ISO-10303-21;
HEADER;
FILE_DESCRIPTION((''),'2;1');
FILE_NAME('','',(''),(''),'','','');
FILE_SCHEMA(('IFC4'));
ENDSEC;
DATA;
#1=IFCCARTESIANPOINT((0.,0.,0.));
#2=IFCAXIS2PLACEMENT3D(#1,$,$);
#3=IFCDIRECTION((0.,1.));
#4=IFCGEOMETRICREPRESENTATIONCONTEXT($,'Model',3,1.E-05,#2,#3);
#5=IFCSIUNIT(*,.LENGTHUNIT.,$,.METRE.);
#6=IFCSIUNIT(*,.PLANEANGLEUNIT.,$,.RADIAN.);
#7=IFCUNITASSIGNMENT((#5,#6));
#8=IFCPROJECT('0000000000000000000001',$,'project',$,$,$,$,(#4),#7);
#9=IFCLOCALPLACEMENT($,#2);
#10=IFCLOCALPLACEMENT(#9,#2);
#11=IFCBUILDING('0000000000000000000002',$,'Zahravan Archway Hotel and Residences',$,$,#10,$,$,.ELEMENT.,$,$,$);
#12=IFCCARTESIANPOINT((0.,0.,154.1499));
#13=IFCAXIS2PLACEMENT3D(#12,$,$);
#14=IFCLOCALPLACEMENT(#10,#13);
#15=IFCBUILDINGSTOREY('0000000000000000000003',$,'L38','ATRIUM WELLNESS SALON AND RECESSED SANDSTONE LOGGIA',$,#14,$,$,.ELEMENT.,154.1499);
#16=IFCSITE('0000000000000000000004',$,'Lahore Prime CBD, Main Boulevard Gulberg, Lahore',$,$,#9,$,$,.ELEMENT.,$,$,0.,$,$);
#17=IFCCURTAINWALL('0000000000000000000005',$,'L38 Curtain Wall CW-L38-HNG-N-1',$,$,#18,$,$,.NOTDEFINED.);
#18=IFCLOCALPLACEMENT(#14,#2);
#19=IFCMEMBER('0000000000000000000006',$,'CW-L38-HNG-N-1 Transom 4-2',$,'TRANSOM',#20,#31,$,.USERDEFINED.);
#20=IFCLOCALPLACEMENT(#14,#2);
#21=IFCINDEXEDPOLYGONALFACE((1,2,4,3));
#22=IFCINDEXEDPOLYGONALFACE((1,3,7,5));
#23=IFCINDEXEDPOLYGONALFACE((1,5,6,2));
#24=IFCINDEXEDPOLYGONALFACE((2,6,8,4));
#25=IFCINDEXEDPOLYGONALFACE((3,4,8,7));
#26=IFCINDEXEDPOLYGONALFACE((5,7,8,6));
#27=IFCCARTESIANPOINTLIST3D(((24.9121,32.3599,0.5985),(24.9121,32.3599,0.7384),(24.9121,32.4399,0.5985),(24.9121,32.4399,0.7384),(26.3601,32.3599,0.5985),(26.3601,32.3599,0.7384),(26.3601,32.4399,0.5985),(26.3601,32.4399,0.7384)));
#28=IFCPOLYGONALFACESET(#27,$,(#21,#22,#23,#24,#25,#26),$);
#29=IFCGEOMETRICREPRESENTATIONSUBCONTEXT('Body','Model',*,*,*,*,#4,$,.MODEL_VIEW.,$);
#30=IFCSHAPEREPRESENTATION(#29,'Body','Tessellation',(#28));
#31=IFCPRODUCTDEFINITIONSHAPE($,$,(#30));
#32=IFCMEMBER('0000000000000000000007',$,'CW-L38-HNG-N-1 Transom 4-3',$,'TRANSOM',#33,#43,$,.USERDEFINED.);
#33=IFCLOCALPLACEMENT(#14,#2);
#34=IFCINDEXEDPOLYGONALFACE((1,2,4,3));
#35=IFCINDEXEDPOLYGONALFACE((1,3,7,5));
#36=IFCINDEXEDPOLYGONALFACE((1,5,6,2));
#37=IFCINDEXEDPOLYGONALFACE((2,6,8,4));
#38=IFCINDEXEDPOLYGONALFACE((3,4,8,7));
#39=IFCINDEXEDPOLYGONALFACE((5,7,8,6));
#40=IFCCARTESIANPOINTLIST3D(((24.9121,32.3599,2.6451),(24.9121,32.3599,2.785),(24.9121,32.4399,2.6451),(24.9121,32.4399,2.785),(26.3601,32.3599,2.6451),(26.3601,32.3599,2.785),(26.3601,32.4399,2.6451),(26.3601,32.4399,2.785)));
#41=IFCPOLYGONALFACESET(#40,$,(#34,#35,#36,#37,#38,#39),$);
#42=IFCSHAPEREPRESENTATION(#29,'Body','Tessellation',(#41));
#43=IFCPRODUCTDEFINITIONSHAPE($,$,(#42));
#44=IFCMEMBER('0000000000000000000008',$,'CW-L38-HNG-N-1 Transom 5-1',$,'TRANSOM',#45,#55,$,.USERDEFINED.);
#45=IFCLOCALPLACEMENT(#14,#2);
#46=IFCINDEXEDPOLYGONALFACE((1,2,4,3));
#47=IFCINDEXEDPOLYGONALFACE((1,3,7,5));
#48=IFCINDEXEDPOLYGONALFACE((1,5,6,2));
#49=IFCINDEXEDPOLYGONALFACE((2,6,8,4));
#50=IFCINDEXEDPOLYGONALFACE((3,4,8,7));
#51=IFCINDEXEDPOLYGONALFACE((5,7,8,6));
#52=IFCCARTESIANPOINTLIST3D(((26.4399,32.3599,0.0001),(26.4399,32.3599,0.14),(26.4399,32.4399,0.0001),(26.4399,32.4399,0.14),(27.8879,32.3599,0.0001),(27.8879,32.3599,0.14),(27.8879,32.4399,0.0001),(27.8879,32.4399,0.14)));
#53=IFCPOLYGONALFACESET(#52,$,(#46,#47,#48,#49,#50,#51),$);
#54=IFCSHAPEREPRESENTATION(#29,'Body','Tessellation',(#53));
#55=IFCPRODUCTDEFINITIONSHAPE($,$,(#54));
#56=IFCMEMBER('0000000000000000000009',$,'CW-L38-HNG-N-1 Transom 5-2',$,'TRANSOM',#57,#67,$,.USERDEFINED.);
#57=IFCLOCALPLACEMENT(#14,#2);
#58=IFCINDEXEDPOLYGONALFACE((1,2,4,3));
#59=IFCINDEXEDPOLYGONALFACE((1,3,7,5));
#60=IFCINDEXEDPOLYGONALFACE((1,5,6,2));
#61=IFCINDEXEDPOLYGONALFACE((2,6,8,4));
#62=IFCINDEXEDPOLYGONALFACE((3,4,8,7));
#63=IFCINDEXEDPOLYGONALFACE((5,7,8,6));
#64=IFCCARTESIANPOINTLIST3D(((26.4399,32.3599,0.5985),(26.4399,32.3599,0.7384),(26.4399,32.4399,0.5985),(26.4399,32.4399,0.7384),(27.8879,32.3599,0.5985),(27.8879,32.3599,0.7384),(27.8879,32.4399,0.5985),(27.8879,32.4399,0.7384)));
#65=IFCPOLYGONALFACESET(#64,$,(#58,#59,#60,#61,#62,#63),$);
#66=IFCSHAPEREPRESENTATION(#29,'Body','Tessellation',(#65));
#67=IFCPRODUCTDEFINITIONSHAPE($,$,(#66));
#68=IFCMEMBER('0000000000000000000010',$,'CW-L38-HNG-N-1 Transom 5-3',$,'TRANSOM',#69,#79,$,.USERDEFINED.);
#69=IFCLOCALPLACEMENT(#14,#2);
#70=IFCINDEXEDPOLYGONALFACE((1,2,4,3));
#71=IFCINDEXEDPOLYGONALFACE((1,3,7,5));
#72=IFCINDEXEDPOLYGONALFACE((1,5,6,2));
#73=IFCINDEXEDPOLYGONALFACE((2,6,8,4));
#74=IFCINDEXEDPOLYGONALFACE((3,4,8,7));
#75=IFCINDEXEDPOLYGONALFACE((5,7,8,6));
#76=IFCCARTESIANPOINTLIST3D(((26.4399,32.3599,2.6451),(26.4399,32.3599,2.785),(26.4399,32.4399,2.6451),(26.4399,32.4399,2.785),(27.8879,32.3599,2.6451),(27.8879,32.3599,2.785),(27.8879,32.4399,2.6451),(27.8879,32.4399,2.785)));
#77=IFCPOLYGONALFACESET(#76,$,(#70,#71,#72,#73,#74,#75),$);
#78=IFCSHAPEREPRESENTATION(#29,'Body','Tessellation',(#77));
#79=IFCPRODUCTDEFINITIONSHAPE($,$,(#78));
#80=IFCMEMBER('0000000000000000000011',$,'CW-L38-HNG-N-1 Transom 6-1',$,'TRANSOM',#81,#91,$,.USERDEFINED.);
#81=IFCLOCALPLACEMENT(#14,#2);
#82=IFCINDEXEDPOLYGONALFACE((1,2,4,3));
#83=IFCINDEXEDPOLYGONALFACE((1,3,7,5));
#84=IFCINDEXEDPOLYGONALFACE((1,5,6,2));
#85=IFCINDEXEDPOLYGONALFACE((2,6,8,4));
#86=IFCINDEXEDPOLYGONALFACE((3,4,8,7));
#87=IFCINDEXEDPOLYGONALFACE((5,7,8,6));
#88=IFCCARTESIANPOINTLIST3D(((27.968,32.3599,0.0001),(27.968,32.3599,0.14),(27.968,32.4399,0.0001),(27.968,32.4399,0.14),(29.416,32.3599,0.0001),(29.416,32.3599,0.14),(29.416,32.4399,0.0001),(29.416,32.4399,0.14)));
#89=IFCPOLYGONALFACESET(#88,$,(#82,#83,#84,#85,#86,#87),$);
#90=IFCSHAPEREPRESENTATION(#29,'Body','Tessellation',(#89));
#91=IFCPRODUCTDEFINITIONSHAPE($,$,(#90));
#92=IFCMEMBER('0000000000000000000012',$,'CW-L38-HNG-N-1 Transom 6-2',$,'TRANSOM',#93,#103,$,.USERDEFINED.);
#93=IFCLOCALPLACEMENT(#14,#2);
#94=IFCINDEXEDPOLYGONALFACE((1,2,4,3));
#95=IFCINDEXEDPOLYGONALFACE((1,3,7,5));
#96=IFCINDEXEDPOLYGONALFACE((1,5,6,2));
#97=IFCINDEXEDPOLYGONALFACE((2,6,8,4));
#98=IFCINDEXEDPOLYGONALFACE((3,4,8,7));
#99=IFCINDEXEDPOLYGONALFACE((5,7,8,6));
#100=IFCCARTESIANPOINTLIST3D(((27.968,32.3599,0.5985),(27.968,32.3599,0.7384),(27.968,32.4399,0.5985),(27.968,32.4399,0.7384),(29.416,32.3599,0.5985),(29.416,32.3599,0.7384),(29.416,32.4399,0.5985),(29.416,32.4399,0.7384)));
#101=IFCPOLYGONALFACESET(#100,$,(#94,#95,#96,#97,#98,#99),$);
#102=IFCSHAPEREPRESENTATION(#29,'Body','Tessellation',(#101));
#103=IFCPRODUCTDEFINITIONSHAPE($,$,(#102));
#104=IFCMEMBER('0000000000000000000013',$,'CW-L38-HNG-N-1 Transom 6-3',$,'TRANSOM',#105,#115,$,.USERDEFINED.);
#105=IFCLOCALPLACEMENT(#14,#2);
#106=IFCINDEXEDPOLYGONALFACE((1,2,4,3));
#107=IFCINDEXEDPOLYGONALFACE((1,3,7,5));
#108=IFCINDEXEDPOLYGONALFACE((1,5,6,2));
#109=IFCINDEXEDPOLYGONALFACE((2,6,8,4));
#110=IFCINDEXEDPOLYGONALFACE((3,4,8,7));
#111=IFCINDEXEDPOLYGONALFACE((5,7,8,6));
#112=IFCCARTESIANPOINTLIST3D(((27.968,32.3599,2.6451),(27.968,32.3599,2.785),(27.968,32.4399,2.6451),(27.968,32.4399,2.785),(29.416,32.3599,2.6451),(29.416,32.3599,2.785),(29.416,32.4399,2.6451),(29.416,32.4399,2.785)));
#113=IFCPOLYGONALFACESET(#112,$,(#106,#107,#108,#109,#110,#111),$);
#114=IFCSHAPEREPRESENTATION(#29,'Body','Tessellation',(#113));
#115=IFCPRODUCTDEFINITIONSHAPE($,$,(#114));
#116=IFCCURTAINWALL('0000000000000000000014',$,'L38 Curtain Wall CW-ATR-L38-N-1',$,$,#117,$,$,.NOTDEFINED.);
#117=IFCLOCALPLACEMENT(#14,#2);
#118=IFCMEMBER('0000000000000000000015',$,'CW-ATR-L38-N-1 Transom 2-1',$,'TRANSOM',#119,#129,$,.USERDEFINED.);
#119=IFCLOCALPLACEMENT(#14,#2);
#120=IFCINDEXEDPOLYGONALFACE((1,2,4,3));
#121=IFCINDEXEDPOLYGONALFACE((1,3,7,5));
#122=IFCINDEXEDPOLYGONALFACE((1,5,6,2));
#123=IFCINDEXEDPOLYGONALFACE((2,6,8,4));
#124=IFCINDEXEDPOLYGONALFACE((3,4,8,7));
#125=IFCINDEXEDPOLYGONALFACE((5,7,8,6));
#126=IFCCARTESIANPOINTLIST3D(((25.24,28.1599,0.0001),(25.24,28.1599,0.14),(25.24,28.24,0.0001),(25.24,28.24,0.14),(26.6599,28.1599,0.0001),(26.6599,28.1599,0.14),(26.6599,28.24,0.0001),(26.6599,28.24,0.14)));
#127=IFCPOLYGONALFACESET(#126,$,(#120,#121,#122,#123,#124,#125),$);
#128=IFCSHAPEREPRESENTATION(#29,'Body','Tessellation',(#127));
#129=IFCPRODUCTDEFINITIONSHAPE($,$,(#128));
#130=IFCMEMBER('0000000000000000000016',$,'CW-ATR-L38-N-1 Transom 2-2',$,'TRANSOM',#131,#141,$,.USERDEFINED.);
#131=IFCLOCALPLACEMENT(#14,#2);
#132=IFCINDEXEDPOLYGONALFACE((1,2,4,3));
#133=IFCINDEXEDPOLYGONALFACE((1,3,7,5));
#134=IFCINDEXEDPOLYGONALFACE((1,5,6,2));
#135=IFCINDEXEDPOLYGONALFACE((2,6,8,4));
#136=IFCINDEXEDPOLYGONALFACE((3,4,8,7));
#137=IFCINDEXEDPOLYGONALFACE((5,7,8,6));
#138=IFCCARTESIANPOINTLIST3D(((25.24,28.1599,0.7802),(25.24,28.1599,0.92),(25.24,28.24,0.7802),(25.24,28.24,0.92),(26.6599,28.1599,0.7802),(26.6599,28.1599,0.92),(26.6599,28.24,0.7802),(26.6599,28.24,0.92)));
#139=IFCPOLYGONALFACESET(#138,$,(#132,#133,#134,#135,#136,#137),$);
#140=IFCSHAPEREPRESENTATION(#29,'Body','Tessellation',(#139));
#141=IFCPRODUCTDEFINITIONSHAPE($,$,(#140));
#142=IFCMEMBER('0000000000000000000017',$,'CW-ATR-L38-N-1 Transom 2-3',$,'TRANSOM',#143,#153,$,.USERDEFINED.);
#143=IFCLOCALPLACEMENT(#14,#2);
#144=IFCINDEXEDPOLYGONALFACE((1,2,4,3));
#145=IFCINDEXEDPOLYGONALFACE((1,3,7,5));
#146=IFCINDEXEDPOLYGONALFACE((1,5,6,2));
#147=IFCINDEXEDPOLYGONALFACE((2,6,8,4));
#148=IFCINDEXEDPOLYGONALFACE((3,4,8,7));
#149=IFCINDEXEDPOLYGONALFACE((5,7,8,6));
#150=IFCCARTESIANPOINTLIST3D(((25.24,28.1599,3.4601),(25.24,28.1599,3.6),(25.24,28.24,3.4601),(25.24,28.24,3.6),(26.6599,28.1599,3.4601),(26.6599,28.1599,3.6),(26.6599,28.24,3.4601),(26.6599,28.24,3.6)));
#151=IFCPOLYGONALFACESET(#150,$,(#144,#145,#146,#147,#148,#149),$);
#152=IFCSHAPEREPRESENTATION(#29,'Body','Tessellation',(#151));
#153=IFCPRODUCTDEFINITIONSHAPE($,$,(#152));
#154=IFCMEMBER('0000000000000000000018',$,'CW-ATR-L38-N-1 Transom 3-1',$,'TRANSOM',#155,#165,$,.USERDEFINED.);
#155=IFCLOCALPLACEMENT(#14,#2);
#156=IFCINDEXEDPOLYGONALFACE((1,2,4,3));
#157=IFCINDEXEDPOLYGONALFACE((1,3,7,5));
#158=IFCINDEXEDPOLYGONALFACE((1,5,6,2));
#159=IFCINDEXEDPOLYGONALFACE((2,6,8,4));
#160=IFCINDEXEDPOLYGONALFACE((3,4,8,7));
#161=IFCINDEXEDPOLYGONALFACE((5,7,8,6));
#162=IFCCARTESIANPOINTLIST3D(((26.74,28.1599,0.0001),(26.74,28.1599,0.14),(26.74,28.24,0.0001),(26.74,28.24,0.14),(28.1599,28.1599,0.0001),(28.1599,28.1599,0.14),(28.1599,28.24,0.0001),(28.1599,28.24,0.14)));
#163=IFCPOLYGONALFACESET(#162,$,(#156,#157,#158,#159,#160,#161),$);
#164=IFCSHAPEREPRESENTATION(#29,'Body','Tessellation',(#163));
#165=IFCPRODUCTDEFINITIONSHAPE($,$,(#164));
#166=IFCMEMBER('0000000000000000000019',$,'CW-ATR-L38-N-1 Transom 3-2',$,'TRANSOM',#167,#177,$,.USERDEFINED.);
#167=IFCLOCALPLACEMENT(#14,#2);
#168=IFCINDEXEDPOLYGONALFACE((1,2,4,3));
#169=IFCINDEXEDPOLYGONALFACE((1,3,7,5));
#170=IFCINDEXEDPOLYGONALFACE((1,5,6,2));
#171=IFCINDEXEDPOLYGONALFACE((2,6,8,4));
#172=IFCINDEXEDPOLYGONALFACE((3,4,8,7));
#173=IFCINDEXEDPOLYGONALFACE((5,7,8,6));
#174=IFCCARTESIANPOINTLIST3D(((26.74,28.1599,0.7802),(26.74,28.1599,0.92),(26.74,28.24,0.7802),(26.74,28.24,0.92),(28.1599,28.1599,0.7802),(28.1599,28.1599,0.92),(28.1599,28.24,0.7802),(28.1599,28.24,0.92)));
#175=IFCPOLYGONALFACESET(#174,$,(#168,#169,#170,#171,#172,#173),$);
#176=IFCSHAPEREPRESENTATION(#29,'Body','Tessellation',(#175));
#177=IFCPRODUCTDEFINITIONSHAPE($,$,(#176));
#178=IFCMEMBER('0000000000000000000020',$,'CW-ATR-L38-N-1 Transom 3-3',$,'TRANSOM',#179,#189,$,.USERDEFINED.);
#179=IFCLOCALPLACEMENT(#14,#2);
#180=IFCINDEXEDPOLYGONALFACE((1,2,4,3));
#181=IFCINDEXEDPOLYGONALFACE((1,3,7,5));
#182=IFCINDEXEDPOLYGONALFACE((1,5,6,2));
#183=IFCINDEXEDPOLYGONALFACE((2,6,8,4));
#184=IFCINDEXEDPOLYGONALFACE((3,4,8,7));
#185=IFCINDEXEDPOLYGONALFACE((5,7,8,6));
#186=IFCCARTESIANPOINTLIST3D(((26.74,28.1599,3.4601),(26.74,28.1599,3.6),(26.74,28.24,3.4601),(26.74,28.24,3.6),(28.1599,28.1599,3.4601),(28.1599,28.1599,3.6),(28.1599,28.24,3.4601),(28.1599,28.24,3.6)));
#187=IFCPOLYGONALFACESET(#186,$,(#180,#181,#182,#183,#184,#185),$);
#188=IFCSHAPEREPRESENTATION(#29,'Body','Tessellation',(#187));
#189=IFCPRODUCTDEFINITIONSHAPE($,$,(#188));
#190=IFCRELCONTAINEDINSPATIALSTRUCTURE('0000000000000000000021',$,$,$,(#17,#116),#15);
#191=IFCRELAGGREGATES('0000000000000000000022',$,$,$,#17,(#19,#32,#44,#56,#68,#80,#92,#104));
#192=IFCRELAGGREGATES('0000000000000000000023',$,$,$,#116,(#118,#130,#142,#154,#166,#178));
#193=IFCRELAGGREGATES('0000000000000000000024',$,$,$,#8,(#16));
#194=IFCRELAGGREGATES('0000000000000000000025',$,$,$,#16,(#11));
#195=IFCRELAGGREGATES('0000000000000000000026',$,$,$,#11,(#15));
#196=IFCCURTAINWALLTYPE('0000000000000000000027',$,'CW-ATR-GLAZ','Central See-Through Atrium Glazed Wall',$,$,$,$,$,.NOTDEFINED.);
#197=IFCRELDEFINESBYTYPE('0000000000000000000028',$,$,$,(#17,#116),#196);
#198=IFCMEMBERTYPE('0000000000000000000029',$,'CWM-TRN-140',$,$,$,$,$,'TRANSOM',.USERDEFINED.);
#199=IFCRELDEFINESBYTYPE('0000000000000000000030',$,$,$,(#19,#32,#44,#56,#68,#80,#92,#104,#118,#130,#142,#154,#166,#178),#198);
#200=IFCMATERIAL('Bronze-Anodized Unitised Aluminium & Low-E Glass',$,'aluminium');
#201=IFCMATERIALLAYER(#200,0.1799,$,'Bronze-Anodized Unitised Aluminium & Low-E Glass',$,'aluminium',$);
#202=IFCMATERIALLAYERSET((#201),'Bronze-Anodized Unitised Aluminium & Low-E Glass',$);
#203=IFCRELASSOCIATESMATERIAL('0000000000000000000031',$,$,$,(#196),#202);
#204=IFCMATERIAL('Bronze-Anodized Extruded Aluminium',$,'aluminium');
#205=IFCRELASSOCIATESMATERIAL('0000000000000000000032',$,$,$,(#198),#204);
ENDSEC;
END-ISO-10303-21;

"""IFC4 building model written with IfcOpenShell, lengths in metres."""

from ifc_helpers import new_model, si_unit, direction, frame, origin, origin_2d, place, context, subcontext, project, spatial, rectangle, extrude, source, transform, mapped, material, layer, layer_set, material_profile, profile_set, type_object, element, aggregate, save


model = new_model("IFC4")

# Units and contexts
model_context = context("Model", 3, precision=1e-05, world=origin(), true_north=direction((0.0, 1.0)))
body_context = subcontext(model_context, "Body", "Model", "MODEL_VIEW")
ifc_project = project(units=[si_unit("LENGTHUNIT", "METRE"), si_unit("PLANEANGLEUNIT", "RADIAN")], contexts=[model_context])

# Site, building, storey
site_placement = place(None, origin())
site = spatial("IfcSite", under=ifc_project, at=site_placement, Name="Lahore Prime CBD, Main Boulevard Gulberg, Lahore", CompositionType="ELEMENT", RefElevation=0.0)
building_placement = place(site_placement, origin())
building = spatial("IfcBuilding", under=site, at=building_placement, Name="Zahravan Archway Hotel and Residences", CompositionType="ELEMENT")
storey_placement = place(building_placement, frame((0.0, 0.0, 154.1499)))
storey = spatial("IfcBuildingStorey", under=building, at=storey_placement, Name="L38", Description="ATRIUM WELLNESS SALON AND RECESSED SANDSTONE LOGGIA", CompositionType="ELEMENT", Elevation=154.1499)

# Curtain walls, members
ifc_material_1 = material(Name="Bronze-Anodized Unitised Aluminium & Low-E Glass", Category="aluminium")
ifc_layer_1 = layer(ifc_material_1, 0.1799, Name="Bronze-Anodized Unitised Aluminium & Low-E Glass", Category="aluminium")
ifc_layer_set_1 = layer_set([ifc_layer_1], Name="Bronze-Anodized Unitised Aluminium & Low-E Glass")
curtain_wall_type = type_object("IfcCurtainWallType", Name="CW-ATR-GLAZ", Description="Central See-Through Atrium Glazed Wall", PredefinedType="NOTDEFINED", material=ifc_layer_set_1)
curtain_wall_1_placement = place(storey_placement, origin())
curtain_wall_1 = element("IfcCurtainWall", 1, at=curtain_wall_1_placement, inside=storey, type_object=curtain_wall_type, Name="L38 Curtain Wall CW-L38-HNG-N-1", PredefinedType="NOTDEFINED")
ifc_material_2 = material(Name="Bronze-Anodized Extruded Aluminium", Category="aluminium")
ifc_material_profile_1 = material_profile(ifc_material_2, rectangle(XDim=0.0801, YDim=0.1399, at=origin_2d()), Name="TRN 80x140", Category="aluminium")
ifc_profile_set_1 = profile_set([ifc_material_profile_1], Name="Bronze-Anodized Extruded Aluminium")
member_type_1 = type_object("IfcMemberType", Name="CWM-TRN-140", ElementType="TRANSOM", PredefinedType="USERDEFINED", material=ifc_profile_set_1)
shared_shape_1 = source(origin(), body_context, "Body", "SweptSolid", [
    extrude(rectangle(XDim=0.0801, YDim=0.1399, at=origin_2d()), origin(), (0.0, 0.0, 1.0), 1.448),
])
member_1_placement = place(storey_placement, frame((24.9121, 32.3999, 0.6685), z_axis=(1.0, 0.0, 0.0), x_axis=(0.0, 1.0, 0.0)))
member_1 = element("IfcMember", 2, at=member_1_placement, type_object=member_type_1, Name="CW-L38-HNG-N-1 Transom 4-2", ObjectType="TRANSOM", PredefinedType="USERDEFINED", context=body_context, shape_type="MappedRepresentation", body=[
    mapped(shared_shape_1, transform((0.0, 0.0, 0.0), scale=1.0)),
])
member_2_placement = place(storey_placement, frame((24.9121, 32.3999, 2.7151), z_axis=(1.0, 0.0, 0.0), x_axis=(0.0, 1.0, 0.0)))
member_2 = element("IfcMember", 3, at=member_2_placement, type_object=member_type_1, Name="CW-L38-HNG-N-1 Transom 4-3", ObjectType="TRANSOM", PredefinedType="USERDEFINED", context=body_context, shape_type="MappedRepresentation", body=[
    mapped(shared_shape_1, transform((0.0, 0.0, 0.0), scale=1.0)),
])
member_3_placement = place(storey_placement, frame((26.4399, 32.3999, 0.0701), z_axis=(1.0, 0.0, 0.0), x_axis=(0.0, 1.0, 0.0)))
member_3 = element("IfcMember", 4, at=member_3_placement, type_object=member_type_1, Name="CW-L38-HNG-N-1 Transom 5-1", ObjectType="TRANSOM", PredefinedType="USERDEFINED", context=body_context, shape_type="MappedRepresentation", body=[
    mapped(shared_shape_1, transform((0.0, 0.0, 0.0), scale=1.0)),
])
member_4_placement = place(storey_placement, frame((26.4399, 32.3999, 0.6685), z_axis=(1.0, 0.0, 0.0), x_axis=(0.0, 1.0, 0.0)))
member_4 = element("IfcMember", 5, at=member_4_placement, type_object=member_type_1, Name="CW-L38-HNG-N-1 Transom 5-2", ObjectType="TRANSOM", PredefinedType="USERDEFINED", context=body_context, shape_type="MappedRepresentation", body=[
    mapped(shared_shape_1, transform((0.0, 0.0, 0.0), scale=1.0)),
])
member_5_placement = place(storey_placement, frame((26.4399, 32.3999, 2.7151), z_axis=(1.0, 0.0, 0.0), x_axis=(0.0, 1.0, 0.0)))
member_5 = element("IfcMember", 6, at=member_5_placement, type_object=member_type_1, Name="CW-L38-HNG-N-1 Transom 5-3", ObjectType="TRANSOM", PredefinedType="USERDEFINED", context=body_context, shape_type="MappedRepresentation", body=[
    mapped(shared_shape_1, transform((0.0, 0.0, 0.0), scale=1.0)),
])
member_6_placement = place(storey_placement, frame((27.968, 32.3999, 0.0701), z_axis=(1.0, 0.0, 0.0), x_axis=(0.0, 1.0, 0.0)))
member_6 = element("IfcMember", 7, at=member_6_placement, type_object=member_type_1, Name="CW-L38-HNG-N-1 Transom 6-1", ObjectType="TRANSOM", PredefinedType="USERDEFINED", context=body_context, shape_type="MappedRepresentation", body=[
    mapped(shared_shape_1, transform((0.0, 0.0, 0.0), scale=1.0)),
])
member_7_placement = place(storey_placement, frame((27.968, 32.3999, 0.6685), z_axis=(1.0, 0.0, 0.0), x_axis=(0.0, 1.0, 0.0)))
member_7 = element("IfcMember", 8, at=member_7_placement, type_object=member_type_1, Name="CW-L38-HNG-N-1 Transom 6-2", ObjectType="TRANSOM", PredefinedType="USERDEFINED", context=body_context, shape_type="MappedRepresentation", body=[
    mapped(shared_shape_1, transform((0.0, 0.0, 0.0), scale=1.0)),
])
member_8_placement = place(storey_placement, frame((27.968, 32.3999, 2.7151), z_axis=(1.0, 0.0, 0.0), x_axis=(0.0, 1.0, 0.0)))
member_8 = element("IfcMember", 9, at=member_8_placement, type_object=member_type_1, Name="CW-L38-HNG-N-1 Transom 6-3", ObjectType="TRANSOM", PredefinedType="USERDEFINED", context=body_context, shape_type="MappedRepresentation", body=[
    mapped(shared_shape_1, transform((0.0, 0.0, 0.0), scale=1.0)),
])
curtain_wall_2_placement = place(storey_placement, origin())
curtain_wall_2 = element("IfcCurtainWall", 10, at=curtain_wall_2_placement, inside=storey, type_object=curtain_wall_type, Name="L38 Curtain Wall CW-ATR-L38-N-1", PredefinedType="NOTDEFINED")
shared_shape_2 = source(origin(), body_context, "Body", "SweptSolid", [
    extrude(rectangle(XDim=0.0801, YDim=0.1399, at=origin_2d()), origin(), (0.0, 0.0, 1.0), 1.4199),
])
member_9_placement = place(storey_placement, frame((25.24, 28.2, 0.0701), z_axis=(1.0, 0.0, 0.0), x_axis=(0.0, 1.0, 0.0)))
member_9 = element("IfcMember", 11, at=member_9_placement, type_object=member_type_1, Name="CW-ATR-L38-N-1 Transom 2-1", ObjectType="TRANSOM", PredefinedType="USERDEFINED", context=body_context, shape_type="MappedRepresentation", body=[
    mapped(shared_shape_2, transform((0.0, 0.0, 0.0), scale=1.0)),
])
member_10_placement = place(storey_placement, frame((25.24, 28.2, 0.8501), z_axis=(1.0, 0.0, 0.0), x_axis=(0.0, 1.0, 0.0)))
member_10 = element("IfcMember", 12, at=member_10_placement, type_object=member_type_1, Name="CW-ATR-L38-N-1 Transom 2-2", ObjectType="TRANSOM", PredefinedType="USERDEFINED", context=body_context, shape_type="MappedRepresentation", body=[
    mapped(shared_shape_2, transform((0.0, 0.0, 0.0), scale=1.0)),
])
member_11_placement = place(storey_placement, frame((25.24, 28.2, 3.53), z_axis=(1.0, 0.0, 0.0), x_axis=(0.0, 1.0, 0.0)))
member_11 = element("IfcMember", 13, at=member_11_placement, type_object=member_type_1, Name="CW-ATR-L38-N-1 Transom 2-3", ObjectType="TRANSOM", PredefinedType="USERDEFINED", context=body_context, shape_type="MappedRepresentation", body=[
    mapped(shared_shape_2, transform((0.0, 0.0, 0.0), scale=1.0)),
])
member_12_placement = place(storey_placement, frame((26.74, 28.2, 0.0701), z_axis=(1.0, 0.0, 0.0), x_axis=(0.0, 1.0, 0.0)))
member_12 = element("IfcMember", 14, at=member_12_placement, type_object=member_type_1, Name="CW-ATR-L38-N-1 Transom 3-1", ObjectType="TRANSOM", PredefinedType="USERDEFINED", context=body_context, shape_type="MappedRepresentation", body=[
    mapped(shared_shape_2, transform((0.0, 0.0, 0.0), scale=1.0)),
])
member_13_placement = place(storey_placement, frame((26.74, 28.2, 0.8501), z_axis=(1.0, 0.0, 0.0), x_axis=(0.0, 1.0, 0.0)))
member_13 = element("IfcMember", 15, at=member_13_placement, type_object=member_type_1, Name="CW-ATR-L38-N-1 Transom 3-2", ObjectType="TRANSOM", PredefinedType="USERDEFINED", context=body_context, shape_type="MappedRepresentation", body=[
    mapped(shared_shape_2, transform((0.0, 0.0, 0.0), scale=1.0)),
])
member_14_placement = place(storey_placement, frame((26.74, 28.2, 3.53), z_axis=(1.0, 0.0, 0.0), x_axis=(0.0, 1.0, 0.0)))
member_14 = element("IfcMember", 16, at=member_14_placement, type_object=member_type_1, Name="CW-ATR-L38-N-1 Transom 3-3", ObjectType="TRANSOM", PredefinedType="USERDEFINED", context=body_context, shape_type="MappedRepresentation", body=[
    mapped(shared_shape_2, transform((0.0, 0.0, 0.0), scale=1.0)),
])

aggregate(curtain_wall_1, [member_1, member_2, member_3, member_4, member_5, member_6, member_7, member_8])
aggregate(curtain_wall_2, [member_9, member_10, member_11, member_12, member_13, member_14])

save(model, "model.ifc")
